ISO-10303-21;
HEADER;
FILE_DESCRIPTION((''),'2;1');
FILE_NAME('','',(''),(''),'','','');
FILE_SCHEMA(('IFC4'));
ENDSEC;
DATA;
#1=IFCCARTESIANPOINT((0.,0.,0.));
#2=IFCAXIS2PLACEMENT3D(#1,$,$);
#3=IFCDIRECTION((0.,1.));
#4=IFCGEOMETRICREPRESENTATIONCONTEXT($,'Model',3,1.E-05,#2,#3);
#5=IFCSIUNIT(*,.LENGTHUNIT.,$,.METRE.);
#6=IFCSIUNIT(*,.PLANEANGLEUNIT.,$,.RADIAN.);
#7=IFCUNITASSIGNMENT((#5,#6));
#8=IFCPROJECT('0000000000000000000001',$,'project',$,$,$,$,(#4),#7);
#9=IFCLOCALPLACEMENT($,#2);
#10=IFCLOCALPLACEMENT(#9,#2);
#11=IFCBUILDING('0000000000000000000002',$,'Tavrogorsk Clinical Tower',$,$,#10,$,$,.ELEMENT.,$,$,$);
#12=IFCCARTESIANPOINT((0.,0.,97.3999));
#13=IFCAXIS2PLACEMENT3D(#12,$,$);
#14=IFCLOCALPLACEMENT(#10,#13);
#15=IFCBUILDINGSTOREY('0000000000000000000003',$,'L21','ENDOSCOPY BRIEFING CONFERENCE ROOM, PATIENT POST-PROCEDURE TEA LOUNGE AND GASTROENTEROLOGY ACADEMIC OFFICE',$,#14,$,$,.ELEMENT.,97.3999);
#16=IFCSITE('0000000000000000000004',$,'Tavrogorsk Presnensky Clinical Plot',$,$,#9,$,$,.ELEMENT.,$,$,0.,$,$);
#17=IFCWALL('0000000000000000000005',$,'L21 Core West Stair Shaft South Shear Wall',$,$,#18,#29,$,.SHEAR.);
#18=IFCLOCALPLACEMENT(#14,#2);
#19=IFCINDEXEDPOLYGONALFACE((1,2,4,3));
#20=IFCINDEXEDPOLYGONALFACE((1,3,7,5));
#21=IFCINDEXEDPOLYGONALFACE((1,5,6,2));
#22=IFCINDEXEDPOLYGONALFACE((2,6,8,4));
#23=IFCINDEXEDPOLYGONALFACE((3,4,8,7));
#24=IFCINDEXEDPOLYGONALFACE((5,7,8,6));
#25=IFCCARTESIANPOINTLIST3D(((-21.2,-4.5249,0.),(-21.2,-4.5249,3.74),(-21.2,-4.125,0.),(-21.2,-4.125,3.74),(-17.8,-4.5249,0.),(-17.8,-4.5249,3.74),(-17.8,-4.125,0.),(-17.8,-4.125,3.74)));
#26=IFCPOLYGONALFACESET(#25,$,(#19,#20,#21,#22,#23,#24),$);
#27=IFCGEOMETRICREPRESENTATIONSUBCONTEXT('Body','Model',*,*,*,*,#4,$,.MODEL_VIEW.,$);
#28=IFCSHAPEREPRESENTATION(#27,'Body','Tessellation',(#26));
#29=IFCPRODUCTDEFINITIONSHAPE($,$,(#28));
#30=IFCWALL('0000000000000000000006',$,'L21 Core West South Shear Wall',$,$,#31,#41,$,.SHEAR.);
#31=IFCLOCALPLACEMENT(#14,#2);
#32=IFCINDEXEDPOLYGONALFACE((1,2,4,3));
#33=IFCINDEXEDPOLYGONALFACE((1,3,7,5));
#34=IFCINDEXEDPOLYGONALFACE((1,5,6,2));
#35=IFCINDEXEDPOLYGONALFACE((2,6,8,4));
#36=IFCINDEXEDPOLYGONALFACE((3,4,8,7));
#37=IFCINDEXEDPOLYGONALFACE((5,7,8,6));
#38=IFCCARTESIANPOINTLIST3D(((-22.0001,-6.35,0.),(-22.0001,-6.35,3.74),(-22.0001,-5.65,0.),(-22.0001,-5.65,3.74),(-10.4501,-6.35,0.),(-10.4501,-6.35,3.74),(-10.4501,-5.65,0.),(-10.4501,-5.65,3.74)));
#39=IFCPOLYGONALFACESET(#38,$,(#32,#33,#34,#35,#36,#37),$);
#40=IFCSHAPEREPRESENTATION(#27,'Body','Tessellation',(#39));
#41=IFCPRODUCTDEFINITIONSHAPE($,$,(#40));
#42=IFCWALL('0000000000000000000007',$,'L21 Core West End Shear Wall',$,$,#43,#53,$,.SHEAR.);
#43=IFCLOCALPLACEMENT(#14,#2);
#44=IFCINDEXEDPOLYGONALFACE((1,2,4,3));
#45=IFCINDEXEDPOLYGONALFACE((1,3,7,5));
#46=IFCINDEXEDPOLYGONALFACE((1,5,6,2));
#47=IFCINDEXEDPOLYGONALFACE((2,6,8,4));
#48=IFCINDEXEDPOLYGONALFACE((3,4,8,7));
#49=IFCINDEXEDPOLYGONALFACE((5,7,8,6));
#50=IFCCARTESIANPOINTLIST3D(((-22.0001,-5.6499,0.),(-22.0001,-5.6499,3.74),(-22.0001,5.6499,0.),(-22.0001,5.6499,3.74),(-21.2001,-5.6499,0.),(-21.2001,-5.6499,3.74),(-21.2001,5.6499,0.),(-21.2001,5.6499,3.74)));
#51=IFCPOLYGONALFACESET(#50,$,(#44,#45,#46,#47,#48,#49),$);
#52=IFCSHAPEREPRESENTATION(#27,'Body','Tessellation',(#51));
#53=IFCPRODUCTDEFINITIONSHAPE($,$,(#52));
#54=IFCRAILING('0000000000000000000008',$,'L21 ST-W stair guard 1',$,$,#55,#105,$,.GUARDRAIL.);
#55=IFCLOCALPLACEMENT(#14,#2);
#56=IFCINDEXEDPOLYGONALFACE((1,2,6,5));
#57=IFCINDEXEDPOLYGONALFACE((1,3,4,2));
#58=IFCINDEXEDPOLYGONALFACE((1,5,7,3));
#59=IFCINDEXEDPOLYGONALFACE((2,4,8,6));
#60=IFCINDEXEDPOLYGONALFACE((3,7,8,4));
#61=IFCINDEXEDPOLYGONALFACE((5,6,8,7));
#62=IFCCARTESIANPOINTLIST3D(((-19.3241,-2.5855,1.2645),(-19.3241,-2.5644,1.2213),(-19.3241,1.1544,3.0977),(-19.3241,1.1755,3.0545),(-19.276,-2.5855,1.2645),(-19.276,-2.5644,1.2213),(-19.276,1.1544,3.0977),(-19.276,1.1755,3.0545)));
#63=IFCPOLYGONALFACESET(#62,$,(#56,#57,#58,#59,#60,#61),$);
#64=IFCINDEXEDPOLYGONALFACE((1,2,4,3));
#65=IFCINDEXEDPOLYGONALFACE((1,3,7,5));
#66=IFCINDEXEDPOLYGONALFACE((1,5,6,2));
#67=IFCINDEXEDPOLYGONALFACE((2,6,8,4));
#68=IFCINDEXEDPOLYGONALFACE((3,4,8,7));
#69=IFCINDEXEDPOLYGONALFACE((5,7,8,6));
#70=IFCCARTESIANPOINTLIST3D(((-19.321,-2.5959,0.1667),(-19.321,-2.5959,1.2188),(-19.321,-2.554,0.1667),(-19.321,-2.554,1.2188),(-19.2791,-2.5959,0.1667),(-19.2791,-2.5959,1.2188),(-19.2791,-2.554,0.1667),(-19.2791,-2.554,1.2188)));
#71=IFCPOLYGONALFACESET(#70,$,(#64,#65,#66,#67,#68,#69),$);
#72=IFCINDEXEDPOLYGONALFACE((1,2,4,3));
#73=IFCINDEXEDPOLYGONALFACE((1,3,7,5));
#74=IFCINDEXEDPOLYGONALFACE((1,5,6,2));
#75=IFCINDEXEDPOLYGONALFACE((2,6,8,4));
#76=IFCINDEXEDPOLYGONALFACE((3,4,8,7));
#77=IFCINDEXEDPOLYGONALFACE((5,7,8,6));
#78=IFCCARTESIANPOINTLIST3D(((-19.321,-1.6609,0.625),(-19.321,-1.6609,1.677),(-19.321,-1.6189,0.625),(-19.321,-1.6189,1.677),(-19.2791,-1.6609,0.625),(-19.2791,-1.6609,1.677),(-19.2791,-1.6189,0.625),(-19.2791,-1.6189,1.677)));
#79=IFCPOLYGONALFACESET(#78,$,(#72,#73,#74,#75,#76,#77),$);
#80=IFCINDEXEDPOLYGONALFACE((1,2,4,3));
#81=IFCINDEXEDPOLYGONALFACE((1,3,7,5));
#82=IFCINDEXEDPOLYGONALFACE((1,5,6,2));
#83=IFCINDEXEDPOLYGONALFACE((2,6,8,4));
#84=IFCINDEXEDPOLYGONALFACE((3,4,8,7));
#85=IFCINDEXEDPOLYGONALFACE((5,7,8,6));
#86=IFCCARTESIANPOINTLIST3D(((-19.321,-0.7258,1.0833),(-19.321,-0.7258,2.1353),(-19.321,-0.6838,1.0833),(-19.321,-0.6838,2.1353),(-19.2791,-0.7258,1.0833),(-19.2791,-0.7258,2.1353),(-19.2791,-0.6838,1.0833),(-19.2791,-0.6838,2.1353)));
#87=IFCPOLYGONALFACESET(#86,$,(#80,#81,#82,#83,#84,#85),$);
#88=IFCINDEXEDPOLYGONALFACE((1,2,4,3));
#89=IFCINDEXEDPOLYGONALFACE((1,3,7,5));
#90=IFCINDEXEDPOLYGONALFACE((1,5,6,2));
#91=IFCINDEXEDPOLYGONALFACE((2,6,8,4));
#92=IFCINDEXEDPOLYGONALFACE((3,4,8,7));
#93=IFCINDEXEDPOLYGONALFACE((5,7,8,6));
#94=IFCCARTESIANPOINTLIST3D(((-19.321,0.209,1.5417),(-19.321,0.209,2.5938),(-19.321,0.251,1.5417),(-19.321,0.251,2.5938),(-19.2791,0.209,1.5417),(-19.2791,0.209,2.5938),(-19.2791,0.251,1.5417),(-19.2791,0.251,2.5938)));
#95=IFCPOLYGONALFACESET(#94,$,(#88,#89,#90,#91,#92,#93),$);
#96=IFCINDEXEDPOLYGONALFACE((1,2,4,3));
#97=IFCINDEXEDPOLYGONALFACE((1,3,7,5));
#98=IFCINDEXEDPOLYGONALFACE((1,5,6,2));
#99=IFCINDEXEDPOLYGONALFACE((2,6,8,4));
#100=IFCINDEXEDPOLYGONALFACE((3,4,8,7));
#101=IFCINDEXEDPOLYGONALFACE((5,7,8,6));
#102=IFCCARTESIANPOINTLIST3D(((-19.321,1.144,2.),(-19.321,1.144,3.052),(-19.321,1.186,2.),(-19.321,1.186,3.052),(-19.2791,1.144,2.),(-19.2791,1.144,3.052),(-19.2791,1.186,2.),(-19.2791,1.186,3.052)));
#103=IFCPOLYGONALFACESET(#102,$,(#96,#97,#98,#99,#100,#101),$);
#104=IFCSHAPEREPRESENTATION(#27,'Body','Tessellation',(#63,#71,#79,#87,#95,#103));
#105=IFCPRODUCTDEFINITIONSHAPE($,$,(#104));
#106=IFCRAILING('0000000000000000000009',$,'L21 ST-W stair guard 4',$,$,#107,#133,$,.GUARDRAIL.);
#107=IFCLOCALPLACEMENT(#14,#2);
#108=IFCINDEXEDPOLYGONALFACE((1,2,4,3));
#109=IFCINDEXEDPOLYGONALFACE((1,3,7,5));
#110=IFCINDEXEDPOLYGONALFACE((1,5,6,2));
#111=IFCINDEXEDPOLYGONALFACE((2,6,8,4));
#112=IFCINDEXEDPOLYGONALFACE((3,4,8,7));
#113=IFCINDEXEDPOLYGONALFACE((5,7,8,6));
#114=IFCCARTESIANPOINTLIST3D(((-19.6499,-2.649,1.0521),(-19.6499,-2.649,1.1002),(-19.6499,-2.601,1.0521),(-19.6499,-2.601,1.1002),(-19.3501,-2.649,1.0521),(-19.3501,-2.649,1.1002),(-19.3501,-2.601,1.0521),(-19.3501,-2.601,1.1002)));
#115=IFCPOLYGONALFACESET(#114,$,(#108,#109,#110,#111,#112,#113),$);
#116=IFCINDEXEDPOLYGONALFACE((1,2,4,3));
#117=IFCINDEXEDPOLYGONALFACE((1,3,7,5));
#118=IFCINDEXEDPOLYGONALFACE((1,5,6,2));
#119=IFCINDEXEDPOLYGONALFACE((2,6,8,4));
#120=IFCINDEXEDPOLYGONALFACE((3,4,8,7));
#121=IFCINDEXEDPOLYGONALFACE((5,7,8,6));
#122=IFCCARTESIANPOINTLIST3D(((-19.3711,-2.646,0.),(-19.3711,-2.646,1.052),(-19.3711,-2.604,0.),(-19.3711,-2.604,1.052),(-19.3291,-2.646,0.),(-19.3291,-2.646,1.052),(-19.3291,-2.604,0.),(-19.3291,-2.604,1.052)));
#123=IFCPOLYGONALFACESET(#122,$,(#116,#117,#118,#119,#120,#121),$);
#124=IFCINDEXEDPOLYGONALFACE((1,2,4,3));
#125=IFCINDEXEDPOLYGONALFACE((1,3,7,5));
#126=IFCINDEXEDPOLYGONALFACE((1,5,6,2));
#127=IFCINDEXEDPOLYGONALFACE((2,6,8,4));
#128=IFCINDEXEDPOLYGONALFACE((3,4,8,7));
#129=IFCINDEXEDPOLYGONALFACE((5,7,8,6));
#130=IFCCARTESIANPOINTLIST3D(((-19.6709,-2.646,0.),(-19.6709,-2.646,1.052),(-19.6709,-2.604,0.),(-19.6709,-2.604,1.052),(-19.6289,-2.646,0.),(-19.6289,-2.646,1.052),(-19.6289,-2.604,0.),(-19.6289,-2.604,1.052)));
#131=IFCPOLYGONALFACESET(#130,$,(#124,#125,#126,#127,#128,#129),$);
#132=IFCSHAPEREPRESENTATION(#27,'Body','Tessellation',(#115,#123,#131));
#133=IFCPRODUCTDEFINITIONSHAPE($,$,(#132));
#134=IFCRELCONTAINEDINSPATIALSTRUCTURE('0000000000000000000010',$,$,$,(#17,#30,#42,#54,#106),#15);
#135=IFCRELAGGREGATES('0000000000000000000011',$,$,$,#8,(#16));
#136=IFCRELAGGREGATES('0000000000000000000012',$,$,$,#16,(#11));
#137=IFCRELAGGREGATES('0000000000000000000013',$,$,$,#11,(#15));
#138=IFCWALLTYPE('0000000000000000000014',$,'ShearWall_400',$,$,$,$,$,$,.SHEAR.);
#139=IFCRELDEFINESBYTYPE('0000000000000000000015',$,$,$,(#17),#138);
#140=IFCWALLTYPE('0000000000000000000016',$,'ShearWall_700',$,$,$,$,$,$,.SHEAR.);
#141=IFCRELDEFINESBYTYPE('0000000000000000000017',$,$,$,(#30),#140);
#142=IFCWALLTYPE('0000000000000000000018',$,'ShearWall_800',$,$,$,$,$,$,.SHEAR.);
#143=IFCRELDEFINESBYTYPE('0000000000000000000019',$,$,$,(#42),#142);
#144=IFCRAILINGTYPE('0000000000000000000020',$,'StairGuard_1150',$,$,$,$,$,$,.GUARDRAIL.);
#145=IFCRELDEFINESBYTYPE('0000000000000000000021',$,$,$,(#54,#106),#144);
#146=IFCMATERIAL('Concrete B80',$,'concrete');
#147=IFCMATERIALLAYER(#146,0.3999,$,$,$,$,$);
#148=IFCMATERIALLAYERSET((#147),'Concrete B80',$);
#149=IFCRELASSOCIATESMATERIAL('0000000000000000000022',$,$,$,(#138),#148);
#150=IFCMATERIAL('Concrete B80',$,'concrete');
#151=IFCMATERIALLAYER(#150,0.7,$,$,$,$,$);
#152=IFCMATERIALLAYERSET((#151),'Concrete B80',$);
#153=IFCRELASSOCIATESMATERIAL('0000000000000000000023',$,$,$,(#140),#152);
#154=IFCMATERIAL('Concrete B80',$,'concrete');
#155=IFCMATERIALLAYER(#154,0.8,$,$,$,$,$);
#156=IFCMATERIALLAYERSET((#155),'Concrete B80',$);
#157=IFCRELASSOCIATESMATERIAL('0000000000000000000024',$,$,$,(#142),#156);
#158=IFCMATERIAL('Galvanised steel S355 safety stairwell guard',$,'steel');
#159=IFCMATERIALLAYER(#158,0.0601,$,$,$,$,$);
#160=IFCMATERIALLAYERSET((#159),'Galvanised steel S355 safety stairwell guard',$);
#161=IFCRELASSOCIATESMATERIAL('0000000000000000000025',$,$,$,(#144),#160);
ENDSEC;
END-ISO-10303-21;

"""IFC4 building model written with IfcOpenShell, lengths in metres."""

from ifc_helpers import new_model, si_unit, direction, frame, frame_2d, origin, origin_2d, place, context, subcontext, project, spatial, rectangle, extrude, material, layer, layer_set, type_object, element, save


model = new_model("IFC4")

# Units and contexts
model_context = context("Model", 3, precision=1e-05, world=origin(), true_north=direction((0.0, 1.0)))
body_context = subcontext(model_context, "Body", "Model", "MODEL_VIEW")
ifc_project = project(units=[si_unit("LENGTHUNIT", "METRE"), si_unit("PLANEANGLEUNIT", "RADIAN")], contexts=[model_context])

# Site, building, storey
site_placement = place(None, origin())
site = spatial("IfcSite", under=ifc_project, at=site_placement, Name="Tavrogorsk Presnensky Clinical Plot", CompositionType="ELEMENT", RefElevation=0.0)
building_placement = place(site_placement, origin())
building = spatial("IfcBuilding", under=site, at=building_placement, Name="Tavrogorsk Clinical Tower", CompositionType="ELEMENT")
storey_placement = place(building_placement, frame((0.0, 0.0, 97.3999)))
storey = spatial("IfcBuildingStorey", under=building, at=storey_placement, Name="L21", Description="ENDOSCOPY BRIEFING CONFERENCE ROOM, PATIENT POST-PROCEDURE TEA LOUNGE AND GASTROENTEROLOGY ACADEMIC OFFICE", CompositionType="ELEMENT", Elevation=97.3999)

# Walls
ifc_material_1 = material(Name="Concrete B80", Category="concrete")
ifc_layer_1 = layer(ifc_material_1, 0.3999)
ifc_layer_set_1 = layer_set([ifc_layer_1], Name="Concrete B80")
wall_type_1 = type_object("IfcWallType", Name="ShearWall_400", PredefinedType="SHEAR", material=ifc_layer_set_1)
wall_1_placement = place(storey_placement, frame((-21.2, -4.325, 0.0), z_axis=(0.0, 0.0, 1.0), x_axis=(1.0, 0.0, 0.0)))
element("IfcWall", 1, at=wall_1_placement, inside=storey, type_object=wall_type_1, Name="L21 Core West Stair Shaft South Shear Wall", PredefinedType="SHEAR", context=body_context, shape_type="SweptSolid", body=[
    extrude(rectangle(XDim=3.3999, YDim=0.3999, at=frame_2d((1.7, 0.0))), origin(), (0.0, 0.0, 1.0), 3.74),
])
ifc_material_2 = material(Name="Concrete B80", Category="concrete")
ifc_layer_2 = layer(ifc_material_2, 0.7)
ifc_layer_set_2 = layer_set([ifc_layer_2], Name="Concrete B80")
wall_type_2 = type_object("IfcWallType", Name="ShearWall_700", PredefinedType="SHEAR", material=ifc_layer_set_2)
wall_2_placement = place(storey_placement, frame((-22.0, -6.0, 0.0), z_axis=(0.0, 0.0, 1.0), x_axis=(1.0, 0.0, 0.0)))
element("IfcWall", 2, at=wall_2_placement, inside=storey, type_object=wall_type_2, Name="L21 Core West South Shear Wall", PredefinedType="SHEAR", context=body_context, shape_type="SweptSolid", body=[
    extrude(rectangle(XDim=11.55, YDim=0.7, at=frame_2d((5.7749, 0.0))), origin(), (0.0, 0.0, 1.0), 3.74),
])
ifc_material_3 = material(Name="Concrete B80", Category="concrete")
ifc_layer_3 = layer(ifc_material_3, 0.8)
ifc_layer_set_3 = layer_set([ifc_layer_3], Name="Concrete B80")
wall_type_3 = type_object("IfcWallType", Name="ShearWall_800", PredefinedType="SHEAR", material=ifc_layer_set_3)
wall_3_placement = place(storey_placement, frame((-21.6001, -5.6499, 0.0), z_axis=(0.0, 0.0, 1.0), x_axis=(0.0, 1.0, 0.0)))
element("IfcWall", 3, at=wall_3_placement, inside=storey, type_object=wall_type_3, Name="L21 Core West End Shear Wall", PredefinedType="SHEAR", context=body_context, shape_type="SweptSolid", body=[
    extrude(rectangle(XDim=11.2998, YDim=0.8, at=frame_2d((5.6499, 0.0))), origin(), (0.0, 0.0, 1.0), 3.74),
])

# Railings
ifc_material_4 = material(Name="Galvanised steel S355 safety stairwell guard", Category="steel")
ifc_layer_4 = layer(ifc_material_4, 0.0601)
ifc_layer_set_4 = layer_set([ifc_layer_4], Name="Galvanised steel S355 safety stairwell guard")
railing_type = type_object("IfcRailingType", Name="StairGuard_1150", PredefinedType="GUARDRAIL", material=ifc_layer_set_4)
railing_1_placement = place(storey_placement, frame((-19.3, -2.575, 0.1667)))
element("IfcRailing", 4, at=railing_1_placement, inside=storey, type_object=railing_type, Name="L21 ST-W stair guard 1", PredefinedType="GUARDRAIL", context=body_context, shape_type="SweptSolid", body=[
    extrude(rectangle(XDim=0.0481, YDim=0.0481, at=origin_2d()), frame((0.0, 0.0, 1.0762), z_axis=(0.0, 0.897928, 0.440142), x_axis=(-1.0, 0.0, 0.0)), (0.0, 0.0, 1.0), 4.165),
    extrude(rectangle(XDim=0.042, YDim=0.042, at=origin_2d()), origin(), (0.0, 0.0, 1.0), 1.052),
    extrude(rectangle(XDim=0.042, YDim=0.042, at=origin_2d()), frame((0.0, 0.9351, 0.4583)), (0.0, 0.0, 1.0), 1.052),
    extrude(rectangle(XDim=0.042, YDim=0.042, at=origin_2d()), frame((0.0, 1.8701, 0.9165)), (0.0, 0.0, 1.0), 1.052),
    extrude(rectangle(XDim=0.042, YDim=0.042, at=origin_2d()), frame((0.0, 2.8049, 1.375)), (0.0, 0.0, 1.0), 1.052),
    extrude(rectangle(XDim=0.042, YDim=0.042, at=origin_2d()), frame((0.0, 3.74, 1.8333)), (0.0, 0.0, 1.0), 1.052),
])
railing_2_placement = place(storey_placement, frame((-19.3501, -2.625, 0.0)))
element("IfcRailing", 5, at=railing_2_placement, inside=storey, type_object=railing_type, Name="L21 ST-W stair guard 4", PredefinedType="GUARDRAIL", context=body_context, shape_type="SweptSolid", body=[
    extrude(rectangle(XDim=0.0481, YDim=0.0481, at=origin_2d()), frame((0.0, 0.0, 1.0762), z_axis=(-1.0, 0.0, 0.0), x_axis=(0.0, -1.0, 0.0)), (0.0, 0.0, 1.0), 0.2998),
    extrude(rectangle(XDim=0.042, YDim=0.042, at=origin_2d()), origin(), (0.0, 0.0, 1.0), 1.052),
    extrude(rectangle(XDim=0.042, YDim=0.042, at=origin_2d()), frame((-0.2998, 0.0, 0.0)), (0.0, 0.0, 1.0), 1.052),
])

save(model, "model.ifc")
